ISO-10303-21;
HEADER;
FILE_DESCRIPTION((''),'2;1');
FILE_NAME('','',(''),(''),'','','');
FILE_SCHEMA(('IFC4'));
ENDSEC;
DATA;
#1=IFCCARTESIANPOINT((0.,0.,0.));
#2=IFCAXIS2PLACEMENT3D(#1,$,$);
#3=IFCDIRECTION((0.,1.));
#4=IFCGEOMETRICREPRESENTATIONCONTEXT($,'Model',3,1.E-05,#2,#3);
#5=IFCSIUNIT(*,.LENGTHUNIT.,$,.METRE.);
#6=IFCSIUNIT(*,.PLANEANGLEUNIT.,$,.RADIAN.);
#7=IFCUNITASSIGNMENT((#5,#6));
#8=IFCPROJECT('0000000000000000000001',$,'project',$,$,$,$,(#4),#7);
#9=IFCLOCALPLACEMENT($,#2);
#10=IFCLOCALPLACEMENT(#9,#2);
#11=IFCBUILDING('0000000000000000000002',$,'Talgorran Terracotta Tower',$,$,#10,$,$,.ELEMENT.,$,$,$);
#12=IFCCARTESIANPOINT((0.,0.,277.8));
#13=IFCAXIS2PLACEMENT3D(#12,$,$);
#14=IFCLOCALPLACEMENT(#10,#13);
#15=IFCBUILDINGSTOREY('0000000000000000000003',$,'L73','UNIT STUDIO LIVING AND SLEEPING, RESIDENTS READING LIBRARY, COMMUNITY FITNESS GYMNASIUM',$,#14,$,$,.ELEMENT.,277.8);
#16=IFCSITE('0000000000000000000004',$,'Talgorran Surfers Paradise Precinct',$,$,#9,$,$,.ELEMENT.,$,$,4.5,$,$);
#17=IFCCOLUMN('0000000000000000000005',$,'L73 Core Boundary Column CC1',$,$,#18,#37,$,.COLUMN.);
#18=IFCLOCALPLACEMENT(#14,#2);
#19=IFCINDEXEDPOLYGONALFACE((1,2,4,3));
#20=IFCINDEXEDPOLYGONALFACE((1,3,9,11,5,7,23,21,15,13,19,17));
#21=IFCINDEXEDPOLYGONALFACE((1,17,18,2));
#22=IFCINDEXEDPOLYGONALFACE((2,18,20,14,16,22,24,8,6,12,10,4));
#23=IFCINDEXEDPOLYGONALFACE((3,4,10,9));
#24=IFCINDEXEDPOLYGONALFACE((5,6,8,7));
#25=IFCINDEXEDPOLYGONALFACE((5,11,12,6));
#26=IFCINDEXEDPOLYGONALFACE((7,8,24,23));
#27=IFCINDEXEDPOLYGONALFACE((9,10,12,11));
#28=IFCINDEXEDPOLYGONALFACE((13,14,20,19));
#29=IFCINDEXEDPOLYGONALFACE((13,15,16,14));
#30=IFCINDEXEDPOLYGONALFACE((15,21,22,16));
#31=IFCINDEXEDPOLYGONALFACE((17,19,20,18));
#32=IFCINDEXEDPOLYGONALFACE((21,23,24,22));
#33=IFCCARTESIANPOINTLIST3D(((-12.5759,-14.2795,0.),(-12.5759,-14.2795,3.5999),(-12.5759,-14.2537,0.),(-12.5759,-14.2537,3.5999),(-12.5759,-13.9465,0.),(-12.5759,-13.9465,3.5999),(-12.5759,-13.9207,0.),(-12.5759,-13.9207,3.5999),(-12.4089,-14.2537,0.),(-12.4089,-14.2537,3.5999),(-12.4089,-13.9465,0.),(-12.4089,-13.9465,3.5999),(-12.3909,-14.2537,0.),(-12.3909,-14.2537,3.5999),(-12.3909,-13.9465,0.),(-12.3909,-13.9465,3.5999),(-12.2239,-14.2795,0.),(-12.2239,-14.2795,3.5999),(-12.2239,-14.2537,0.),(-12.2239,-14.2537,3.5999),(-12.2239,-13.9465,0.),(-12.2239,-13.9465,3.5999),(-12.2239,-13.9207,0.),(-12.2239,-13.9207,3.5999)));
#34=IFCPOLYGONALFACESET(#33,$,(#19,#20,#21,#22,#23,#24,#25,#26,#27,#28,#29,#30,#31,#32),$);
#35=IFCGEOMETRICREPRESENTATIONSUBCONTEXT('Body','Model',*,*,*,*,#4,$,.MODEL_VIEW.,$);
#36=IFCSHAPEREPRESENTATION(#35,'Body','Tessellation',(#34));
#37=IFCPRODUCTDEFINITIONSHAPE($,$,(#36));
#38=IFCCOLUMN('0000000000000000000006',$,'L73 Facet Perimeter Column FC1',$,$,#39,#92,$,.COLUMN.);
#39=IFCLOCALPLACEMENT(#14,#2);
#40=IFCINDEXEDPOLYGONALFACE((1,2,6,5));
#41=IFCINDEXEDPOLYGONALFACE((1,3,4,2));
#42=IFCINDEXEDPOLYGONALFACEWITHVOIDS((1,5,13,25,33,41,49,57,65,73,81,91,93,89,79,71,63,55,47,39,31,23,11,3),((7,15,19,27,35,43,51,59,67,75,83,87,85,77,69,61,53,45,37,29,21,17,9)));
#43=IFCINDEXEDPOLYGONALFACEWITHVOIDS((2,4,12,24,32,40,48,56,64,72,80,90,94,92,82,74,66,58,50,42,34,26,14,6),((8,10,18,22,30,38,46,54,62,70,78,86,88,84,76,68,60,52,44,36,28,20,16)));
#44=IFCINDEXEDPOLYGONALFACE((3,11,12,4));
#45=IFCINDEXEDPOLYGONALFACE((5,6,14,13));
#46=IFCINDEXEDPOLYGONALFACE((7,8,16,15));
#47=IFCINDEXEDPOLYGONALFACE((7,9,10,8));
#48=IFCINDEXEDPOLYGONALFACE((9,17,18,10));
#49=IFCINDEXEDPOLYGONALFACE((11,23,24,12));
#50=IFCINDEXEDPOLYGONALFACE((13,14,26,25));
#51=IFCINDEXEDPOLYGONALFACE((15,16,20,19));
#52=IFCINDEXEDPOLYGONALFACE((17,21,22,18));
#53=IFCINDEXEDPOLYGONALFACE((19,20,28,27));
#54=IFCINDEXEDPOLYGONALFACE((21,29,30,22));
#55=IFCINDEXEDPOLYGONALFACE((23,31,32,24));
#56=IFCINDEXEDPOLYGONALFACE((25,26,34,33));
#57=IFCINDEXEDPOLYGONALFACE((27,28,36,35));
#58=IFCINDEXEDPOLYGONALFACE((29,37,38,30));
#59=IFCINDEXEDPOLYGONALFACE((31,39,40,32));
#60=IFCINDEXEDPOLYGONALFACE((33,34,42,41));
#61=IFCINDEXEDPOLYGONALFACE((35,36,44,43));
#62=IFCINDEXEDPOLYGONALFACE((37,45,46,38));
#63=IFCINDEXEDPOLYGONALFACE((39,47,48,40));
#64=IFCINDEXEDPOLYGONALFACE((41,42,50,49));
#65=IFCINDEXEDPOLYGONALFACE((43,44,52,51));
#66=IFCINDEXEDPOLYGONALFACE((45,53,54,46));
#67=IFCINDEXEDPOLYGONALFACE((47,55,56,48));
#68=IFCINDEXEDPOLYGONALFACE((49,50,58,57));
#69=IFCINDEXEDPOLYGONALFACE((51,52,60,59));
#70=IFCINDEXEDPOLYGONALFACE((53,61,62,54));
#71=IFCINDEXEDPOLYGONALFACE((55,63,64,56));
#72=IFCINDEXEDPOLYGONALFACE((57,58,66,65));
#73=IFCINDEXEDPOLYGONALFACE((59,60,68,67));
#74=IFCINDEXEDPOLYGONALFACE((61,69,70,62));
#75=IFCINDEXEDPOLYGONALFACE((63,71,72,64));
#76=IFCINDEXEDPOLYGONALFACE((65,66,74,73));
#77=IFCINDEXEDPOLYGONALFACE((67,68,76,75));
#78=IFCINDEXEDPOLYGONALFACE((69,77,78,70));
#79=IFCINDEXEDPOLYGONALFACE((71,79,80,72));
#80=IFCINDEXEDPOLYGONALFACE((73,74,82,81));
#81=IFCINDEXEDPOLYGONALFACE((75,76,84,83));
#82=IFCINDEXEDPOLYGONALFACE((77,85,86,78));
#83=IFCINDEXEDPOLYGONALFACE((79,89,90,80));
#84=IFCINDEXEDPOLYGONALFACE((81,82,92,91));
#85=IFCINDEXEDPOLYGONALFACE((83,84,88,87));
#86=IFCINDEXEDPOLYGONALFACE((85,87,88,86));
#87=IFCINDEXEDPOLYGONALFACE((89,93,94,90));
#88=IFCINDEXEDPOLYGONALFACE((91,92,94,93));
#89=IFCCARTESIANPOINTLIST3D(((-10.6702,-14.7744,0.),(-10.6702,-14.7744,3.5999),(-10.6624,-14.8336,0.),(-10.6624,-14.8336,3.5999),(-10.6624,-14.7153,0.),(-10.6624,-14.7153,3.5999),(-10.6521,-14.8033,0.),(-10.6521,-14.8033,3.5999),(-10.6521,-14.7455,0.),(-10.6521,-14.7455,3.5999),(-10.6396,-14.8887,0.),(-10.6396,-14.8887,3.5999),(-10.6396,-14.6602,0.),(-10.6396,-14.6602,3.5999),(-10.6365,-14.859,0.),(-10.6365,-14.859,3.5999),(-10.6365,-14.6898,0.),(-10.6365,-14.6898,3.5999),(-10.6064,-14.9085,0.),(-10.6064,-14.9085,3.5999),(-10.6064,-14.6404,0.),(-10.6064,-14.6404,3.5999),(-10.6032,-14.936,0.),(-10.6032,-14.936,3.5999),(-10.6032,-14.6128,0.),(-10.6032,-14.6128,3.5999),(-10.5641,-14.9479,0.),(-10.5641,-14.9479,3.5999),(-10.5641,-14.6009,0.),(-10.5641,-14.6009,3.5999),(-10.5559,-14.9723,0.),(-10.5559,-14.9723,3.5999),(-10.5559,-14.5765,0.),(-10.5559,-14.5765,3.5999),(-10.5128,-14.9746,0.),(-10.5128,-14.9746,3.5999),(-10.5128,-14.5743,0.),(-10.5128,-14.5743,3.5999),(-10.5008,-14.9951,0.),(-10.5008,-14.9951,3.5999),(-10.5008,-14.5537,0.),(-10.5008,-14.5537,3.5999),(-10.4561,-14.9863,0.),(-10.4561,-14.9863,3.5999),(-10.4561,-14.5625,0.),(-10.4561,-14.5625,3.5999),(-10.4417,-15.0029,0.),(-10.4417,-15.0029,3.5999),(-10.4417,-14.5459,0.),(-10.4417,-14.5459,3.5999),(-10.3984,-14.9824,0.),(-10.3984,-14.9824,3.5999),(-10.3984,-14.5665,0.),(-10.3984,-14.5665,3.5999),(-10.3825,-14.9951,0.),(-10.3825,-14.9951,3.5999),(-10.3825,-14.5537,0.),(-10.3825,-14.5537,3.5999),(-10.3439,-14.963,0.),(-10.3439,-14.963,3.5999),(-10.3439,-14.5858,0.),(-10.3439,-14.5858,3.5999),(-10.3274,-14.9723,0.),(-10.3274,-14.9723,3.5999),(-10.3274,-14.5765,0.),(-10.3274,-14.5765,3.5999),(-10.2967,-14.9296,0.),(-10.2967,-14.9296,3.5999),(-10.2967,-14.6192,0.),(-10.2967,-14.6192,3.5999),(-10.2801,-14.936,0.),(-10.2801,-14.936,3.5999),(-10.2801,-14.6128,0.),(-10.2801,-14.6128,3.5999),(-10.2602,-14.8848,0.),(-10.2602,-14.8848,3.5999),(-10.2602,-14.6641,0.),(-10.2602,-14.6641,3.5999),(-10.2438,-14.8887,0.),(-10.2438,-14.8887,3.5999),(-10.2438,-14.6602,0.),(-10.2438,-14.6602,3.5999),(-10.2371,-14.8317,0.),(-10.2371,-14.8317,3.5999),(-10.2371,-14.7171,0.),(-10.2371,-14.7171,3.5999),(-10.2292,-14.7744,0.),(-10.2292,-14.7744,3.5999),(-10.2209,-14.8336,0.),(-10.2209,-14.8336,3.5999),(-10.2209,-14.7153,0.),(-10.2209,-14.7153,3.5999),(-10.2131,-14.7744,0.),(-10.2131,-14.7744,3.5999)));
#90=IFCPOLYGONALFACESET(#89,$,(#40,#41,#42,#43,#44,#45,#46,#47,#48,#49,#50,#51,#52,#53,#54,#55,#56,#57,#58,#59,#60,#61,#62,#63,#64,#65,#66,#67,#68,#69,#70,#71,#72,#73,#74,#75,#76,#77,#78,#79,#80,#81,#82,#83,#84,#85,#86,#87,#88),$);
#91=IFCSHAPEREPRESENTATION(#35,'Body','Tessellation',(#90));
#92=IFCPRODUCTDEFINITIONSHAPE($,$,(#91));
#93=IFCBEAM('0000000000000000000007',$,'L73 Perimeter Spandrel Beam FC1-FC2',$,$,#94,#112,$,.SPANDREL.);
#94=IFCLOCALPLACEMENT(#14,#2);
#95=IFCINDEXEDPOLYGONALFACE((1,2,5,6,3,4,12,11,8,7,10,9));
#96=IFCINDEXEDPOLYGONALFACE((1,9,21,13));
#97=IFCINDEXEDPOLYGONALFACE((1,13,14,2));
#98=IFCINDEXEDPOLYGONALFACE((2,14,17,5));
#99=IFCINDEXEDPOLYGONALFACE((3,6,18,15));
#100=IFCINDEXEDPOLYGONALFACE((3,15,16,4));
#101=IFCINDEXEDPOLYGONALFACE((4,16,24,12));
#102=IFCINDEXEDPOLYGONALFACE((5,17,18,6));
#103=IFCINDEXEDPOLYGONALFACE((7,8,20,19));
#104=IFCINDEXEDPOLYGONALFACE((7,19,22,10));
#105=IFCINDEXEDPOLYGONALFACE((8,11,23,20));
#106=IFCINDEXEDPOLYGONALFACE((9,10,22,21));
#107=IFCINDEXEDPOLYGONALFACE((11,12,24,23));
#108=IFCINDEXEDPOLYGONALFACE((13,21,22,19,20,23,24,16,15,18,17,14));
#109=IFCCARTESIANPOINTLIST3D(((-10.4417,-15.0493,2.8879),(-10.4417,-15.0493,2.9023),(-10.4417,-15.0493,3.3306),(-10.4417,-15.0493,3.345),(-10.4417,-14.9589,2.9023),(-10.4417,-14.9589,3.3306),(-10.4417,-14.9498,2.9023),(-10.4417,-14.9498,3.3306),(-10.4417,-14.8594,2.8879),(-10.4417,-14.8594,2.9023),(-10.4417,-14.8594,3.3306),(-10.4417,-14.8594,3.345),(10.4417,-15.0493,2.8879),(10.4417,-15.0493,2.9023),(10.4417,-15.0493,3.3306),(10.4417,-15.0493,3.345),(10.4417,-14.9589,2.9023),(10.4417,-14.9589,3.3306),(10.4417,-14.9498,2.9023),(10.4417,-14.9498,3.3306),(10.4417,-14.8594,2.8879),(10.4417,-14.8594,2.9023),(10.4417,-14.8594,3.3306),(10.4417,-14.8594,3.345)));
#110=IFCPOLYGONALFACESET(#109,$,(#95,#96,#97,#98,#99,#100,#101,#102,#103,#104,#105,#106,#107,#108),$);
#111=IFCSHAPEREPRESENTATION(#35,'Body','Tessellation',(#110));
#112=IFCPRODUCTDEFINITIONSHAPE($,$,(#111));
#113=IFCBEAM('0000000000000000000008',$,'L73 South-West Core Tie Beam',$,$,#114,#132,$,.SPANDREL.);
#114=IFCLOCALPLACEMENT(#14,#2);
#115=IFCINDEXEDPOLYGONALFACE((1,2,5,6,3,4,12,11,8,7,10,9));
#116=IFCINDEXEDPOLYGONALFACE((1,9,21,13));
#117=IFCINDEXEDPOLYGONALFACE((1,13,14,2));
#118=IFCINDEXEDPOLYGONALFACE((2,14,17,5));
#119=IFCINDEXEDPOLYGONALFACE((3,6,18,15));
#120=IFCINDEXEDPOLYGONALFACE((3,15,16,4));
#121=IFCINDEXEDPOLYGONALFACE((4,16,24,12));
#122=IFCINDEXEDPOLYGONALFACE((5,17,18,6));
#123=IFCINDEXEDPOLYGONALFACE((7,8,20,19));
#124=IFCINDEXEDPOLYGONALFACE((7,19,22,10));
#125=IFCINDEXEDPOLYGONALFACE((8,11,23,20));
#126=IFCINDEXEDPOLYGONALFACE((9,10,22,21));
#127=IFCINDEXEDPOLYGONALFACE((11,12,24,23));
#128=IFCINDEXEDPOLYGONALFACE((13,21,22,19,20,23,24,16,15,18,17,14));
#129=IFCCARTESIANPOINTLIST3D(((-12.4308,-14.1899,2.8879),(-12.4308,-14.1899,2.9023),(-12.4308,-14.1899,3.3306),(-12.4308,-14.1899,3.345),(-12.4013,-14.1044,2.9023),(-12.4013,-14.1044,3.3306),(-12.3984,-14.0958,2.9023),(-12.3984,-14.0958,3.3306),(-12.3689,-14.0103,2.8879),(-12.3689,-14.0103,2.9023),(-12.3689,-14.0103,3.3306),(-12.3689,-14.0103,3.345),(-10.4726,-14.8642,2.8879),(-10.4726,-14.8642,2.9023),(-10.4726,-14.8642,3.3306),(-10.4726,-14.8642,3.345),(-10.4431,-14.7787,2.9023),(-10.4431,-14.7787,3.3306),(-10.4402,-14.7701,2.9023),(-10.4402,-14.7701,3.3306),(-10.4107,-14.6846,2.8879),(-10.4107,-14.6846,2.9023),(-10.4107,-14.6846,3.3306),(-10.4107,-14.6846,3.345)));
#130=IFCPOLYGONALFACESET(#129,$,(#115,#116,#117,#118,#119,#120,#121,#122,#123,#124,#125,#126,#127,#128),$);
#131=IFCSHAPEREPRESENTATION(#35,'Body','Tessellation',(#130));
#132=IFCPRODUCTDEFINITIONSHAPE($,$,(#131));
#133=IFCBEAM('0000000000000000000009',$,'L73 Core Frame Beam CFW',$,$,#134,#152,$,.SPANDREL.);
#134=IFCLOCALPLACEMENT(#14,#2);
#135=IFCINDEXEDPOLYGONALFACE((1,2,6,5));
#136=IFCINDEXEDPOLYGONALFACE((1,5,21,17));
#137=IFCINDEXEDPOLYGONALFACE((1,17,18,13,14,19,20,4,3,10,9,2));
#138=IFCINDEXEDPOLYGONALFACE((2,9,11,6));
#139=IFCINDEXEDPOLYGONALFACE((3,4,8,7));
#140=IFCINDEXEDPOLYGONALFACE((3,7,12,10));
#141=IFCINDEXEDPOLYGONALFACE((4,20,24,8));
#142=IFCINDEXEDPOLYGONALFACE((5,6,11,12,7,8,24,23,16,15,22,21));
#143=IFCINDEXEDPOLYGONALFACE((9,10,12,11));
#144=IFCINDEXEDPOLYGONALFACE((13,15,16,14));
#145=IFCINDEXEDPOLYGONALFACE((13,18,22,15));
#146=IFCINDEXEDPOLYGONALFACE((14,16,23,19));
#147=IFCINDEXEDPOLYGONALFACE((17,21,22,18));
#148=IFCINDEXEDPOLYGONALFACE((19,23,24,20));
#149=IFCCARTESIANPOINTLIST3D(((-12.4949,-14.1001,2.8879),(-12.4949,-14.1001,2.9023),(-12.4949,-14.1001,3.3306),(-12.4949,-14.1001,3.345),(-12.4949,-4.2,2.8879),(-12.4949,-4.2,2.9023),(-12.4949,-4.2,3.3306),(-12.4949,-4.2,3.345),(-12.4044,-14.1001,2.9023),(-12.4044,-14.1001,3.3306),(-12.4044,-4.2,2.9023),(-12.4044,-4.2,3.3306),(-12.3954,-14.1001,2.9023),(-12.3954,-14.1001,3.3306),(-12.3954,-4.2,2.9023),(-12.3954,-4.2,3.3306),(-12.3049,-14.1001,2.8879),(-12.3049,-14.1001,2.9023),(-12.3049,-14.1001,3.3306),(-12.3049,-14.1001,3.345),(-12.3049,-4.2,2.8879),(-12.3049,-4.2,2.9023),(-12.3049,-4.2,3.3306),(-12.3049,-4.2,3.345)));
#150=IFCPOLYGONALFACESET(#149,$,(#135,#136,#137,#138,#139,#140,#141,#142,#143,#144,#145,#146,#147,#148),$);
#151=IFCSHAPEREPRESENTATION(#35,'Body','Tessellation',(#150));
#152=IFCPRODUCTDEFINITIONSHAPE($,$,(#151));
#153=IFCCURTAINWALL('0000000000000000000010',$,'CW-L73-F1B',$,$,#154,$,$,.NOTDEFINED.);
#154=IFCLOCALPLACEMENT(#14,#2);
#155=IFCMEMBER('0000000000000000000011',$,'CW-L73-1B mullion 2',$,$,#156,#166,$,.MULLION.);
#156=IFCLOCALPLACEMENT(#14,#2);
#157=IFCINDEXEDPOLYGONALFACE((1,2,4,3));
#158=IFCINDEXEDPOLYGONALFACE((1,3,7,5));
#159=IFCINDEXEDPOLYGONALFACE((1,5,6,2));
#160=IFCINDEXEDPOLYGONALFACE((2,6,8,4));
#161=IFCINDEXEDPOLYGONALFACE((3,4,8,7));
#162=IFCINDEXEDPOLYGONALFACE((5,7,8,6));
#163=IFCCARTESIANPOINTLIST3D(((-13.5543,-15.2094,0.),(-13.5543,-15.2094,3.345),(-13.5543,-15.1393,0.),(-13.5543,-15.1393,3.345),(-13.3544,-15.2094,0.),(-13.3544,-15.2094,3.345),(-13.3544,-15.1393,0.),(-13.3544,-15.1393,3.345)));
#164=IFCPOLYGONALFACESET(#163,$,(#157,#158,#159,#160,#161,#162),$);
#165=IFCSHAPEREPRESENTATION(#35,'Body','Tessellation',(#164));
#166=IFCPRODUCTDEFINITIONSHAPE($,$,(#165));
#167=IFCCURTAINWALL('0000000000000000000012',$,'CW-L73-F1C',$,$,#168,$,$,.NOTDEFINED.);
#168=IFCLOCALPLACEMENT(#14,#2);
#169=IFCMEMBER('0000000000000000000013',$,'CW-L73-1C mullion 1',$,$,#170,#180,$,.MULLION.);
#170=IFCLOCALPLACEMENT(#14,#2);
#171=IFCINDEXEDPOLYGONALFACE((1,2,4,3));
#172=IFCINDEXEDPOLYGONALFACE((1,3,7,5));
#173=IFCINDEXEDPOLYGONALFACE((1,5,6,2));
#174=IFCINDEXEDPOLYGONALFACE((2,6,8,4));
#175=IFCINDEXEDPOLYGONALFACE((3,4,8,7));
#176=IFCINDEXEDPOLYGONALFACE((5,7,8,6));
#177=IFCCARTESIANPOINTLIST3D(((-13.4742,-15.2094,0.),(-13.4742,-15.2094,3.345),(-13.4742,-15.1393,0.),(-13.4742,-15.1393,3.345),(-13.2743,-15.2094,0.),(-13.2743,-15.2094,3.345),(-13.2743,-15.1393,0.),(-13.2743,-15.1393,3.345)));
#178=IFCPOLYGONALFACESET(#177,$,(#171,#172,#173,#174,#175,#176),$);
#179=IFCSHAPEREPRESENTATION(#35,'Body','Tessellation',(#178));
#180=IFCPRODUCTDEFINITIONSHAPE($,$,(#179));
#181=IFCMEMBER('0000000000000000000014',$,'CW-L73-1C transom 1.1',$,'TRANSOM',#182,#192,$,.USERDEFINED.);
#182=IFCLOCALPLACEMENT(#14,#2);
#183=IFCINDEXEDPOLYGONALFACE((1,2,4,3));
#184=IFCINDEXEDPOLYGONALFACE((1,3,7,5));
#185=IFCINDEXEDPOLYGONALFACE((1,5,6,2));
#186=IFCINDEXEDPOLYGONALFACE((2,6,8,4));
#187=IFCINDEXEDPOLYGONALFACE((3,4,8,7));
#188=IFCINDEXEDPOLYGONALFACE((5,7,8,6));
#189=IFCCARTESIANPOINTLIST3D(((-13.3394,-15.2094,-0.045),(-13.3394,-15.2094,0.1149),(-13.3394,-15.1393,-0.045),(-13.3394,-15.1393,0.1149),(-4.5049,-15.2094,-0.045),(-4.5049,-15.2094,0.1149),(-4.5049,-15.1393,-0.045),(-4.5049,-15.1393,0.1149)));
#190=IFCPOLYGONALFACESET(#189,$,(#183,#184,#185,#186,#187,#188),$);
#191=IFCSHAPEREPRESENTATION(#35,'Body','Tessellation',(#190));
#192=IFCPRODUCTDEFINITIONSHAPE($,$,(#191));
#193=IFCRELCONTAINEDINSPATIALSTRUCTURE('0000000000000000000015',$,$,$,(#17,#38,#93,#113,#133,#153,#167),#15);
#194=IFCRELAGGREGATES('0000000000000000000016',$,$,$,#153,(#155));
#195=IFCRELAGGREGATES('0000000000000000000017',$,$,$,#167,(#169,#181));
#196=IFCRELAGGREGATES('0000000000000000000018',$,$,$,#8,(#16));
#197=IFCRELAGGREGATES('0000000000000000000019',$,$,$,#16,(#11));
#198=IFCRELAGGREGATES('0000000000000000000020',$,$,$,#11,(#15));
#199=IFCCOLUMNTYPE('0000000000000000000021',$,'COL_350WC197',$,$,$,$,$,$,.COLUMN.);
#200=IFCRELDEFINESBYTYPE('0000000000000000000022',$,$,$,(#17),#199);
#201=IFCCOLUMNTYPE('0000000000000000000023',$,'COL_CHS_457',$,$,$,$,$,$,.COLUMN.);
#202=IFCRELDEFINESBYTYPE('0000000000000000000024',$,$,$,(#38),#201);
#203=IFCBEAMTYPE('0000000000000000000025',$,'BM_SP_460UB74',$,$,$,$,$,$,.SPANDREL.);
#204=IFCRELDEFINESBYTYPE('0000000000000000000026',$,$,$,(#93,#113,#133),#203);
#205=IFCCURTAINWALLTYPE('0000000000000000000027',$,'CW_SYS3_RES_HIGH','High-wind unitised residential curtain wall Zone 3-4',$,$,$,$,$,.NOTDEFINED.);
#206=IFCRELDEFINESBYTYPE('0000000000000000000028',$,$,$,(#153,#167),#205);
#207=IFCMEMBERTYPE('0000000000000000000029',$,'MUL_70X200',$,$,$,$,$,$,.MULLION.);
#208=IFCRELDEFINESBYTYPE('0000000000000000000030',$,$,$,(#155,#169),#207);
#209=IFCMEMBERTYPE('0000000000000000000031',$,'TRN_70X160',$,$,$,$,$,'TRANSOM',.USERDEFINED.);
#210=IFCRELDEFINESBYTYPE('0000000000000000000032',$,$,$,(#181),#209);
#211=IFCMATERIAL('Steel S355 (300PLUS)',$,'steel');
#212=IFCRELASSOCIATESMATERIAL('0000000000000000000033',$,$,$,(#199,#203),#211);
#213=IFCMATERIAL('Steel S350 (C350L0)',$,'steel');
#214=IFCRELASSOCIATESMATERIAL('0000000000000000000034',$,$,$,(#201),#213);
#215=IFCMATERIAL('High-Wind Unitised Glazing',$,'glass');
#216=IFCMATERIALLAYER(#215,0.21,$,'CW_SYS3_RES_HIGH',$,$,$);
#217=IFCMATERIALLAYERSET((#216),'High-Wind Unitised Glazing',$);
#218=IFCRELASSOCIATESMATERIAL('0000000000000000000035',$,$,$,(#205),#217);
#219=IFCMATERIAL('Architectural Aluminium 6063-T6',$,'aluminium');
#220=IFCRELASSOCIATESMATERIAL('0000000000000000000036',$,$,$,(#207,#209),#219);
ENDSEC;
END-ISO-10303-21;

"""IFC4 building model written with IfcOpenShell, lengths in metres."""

from ifc_helpers import new_model, si_unit, direction, frame, origin, origin_2d, place, context, subcontext, project, spatial, rectangle, hollow_circle, i_section, extrude, material, layer, layer_set, material_profile, profile_set, type_object, element, aggregate, save


model = new_model("IFC4")

# Units and contexts
model_context = context("Model", 3, precision=1e-05, world=origin(), true_north=direction((0.0, 1.0)))
body_context = subcontext(model_context, "Body", "Model", "MODEL_VIEW")
ifc_project = project(units=[si_unit("LENGTHUNIT", "METRE"), si_unit("PLANEANGLEUNIT", "RADIAN")], contexts=[model_context])

# Site, building, storey
site_placement = place(None, origin())
site = spatial("IfcSite", under=ifc_project, at=site_placement, Name="Talgorran Surfers Paradise Precinct", CompositionType="ELEMENT", RefElevation=4.5)
building_placement = place(site_placement, origin())
building = spatial("IfcBuilding", under=site, at=building_placement, Name="Talgorran Terracotta Tower", CompositionType="ELEMENT")
storey_placement = place(building_placement, frame((0.0, 0.0, 277.8)))
storey = spatial("IfcBuildingStorey", under=building, at=storey_placement, Name="L73", Description="UNIT STUDIO LIVING AND SLEEPING, RESIDENTS READING LIBRARY, COMMUNITY FITNESS GYMNASIUM", CompositionType="ELEMENT", Elevation=277.8)

# Columns
ifc_material_1 = material(Name="Steel S355 (300PLUS)", Category="steel")
ifc_material_profile_1 = material_profile(ifc_material_1, i_section(OverallWidth=0.3521, OverallDepth=0.3589, WebThickness=0.0181, FlangeThickness=0.0259, at=origin_2d()), Name="350WC197")
ifc_profile_set_1 = profile_set([ifc_material_profile_1], Name="Steel S355 (300PLUS)")
column_type_1 = type_object("IfcColumnType", Name="COL_350WC197", PredefinedType="COLUMN", material=ifc_profile_set_1)
column_1_placement = place(storey_placement, frame((-12.3999, -14.1001, 0.0), z_axis=(0.0, 0.0, 1.0), x_axis=(1.0, 0.0, 0.0)))
element("IfcColumn", 1, at=column_1_placement, inside=storey, type_object=column_type_1, Name="L73 Core Boundary Column CC1", PredefinedType="COLUMN", context=body_context, shape_type="SweptSolid", body=[
    extrude(i_section(OverallWidth=0.3521, OverallDepth=0.3589, WebThickness=0.0181, FlangeThickness=0.0259, at=origin_2d()), origin(), (0.0, 0.0, 1.0), 3.5999),
])
ifc_material_2 = material(Name="Steel S350 (C350L0)", Category="steel")
ifc_material_profile_2 = material_profile(ifc_material_2, hollow_circle(Radius=0.2285, WallThickness=0.0161, at=origin_2d()), Name="CHS457X16")
ifc_profile_set_2 = profile_set([ifc_material_profile_2], Name="Steel S350 (C350L0)")
column_type_2 = type_object("IfcColumnType", Name="COL_CHS_457", PredefinedType="COLUMN", material=ifc_profile_set_2)
column_2_placement = place(storey_placement, frame((-10.4417, -14.7744, 0.0), z_axis=(0.0, 0.0, 1.0), x_axis=(1.0, 0.0, 0.0)))
element("IfcColumn", 2, at=column_2_placement, inside=storey, type_object=column_type_2, Name="L73 Facet Perimeter Column FC1", PredefinedType="COLUMN", context=body_context, shape_type="SweptSolid", body=[
    extrude(hollow_circle(Radius=0.2285, WallThickness=0.0161, at=origin_2d()), origin(), (0.0, 0.0, 1.0), 3.5999),
])

# Beams
ifc_material_profile_3 = material_profile(ifc_material_1, i_section(OverallWidth=0.1899, OverallDepth=0.457, WebThickness=0.009, FlangeThickness=0.0144, at=origin_2d()), Name="460UB74.6")
ifc_profile_set_3 = profile_set([ifc_material_profile_3], Name="Steel S355 (300PLUS)")
beam_type = type_object("IfcBeamType", Name="BM_SP_460UB74", PredefinedType="SPANDREL", material=ifc_profile_set_3)
beam_1_placement = place(storey_placement, frame((-10.4417, -14.9543, 3.1165), z_axis=(1.0, 0.0, 0.0), x_axis=(0.0, 1.0, 0.0)))
element("IfcBeam", 3, at=beam_1_placement, inside=storey, type_object=beam_type, Name="L73 Perimeter Spandrel Beam FC1-FC2", PredefinedType="SPANDREL", context=body_context, shape_type="SweptSolid", body=[
    extrude(i_section(OverallWidth=0.1899, OverallDepth=0.457, WebThickness=0.009, FlangeThickness=0.0144, at=origin_2d()), origin(), (0.0, 0.0, 1.0), 20.8833),
])
beam_2_placement = place(storey_placement, frame((-10.4417, -14.7744, 3.1165), z_axis=(-0.945513, 0.325584, 0.0), x_axis=(-0.325584, -0.945513, 0.0)))
element("IfcBeam", 4, at=beam_2_placement, inside=storey, type_object=beam_type, Name="L73 South-West Core Tie Beam", PredefinedType="SPANDREL", context=body_context, shape_type="SweptSolid", body=[
    extrude(i_section(OverallWidth=0.1899, OverallDepth=0.457, WebThickness=0.009, FlangeThickness=0.0144, at=origin_2d()), origin(), (0.0, 0.0, 1.0), 2.071),
])
beam_3_placement = place(storey_placement, frame((-12.3999, -14.1001, 3.1165), z_axis=(0.0, 1.0, 0.0), x_axis=(-1.0, 0.0, 0.0)))
element("IfcBeam", 5, at=beam_3_placement, inside=storey, type_object=beam_type, Name="L73 Core Frame Beam CFW", PredefinedType="SPANDREL", context=body_context, shape_type="SweptSolid", body=[
    extrude(i_section(OverallWidth=0.1899, OverallDepth=0.457, WebThickness=0.009, FlangeThickness=0.0144, at=origin_2d()), origin(), (0.0, 0.0, 1.0), 9.9001),
])

# Curtain wall, member
ifc_material_3 = material(Name="High-Wind Unitised Glazing", Category="glass")
ifc_layer_1 = layer(ifc_material_3, 0.21, Name="CW_SYS3_RES_HIGH")
ifc_layer_set_1 = layer_set([ifc_layer_1], Name="High-Wind Unitised Glazing")
curtain_wall_type = type_object("IfcCurtainWallType", Name="CW_SYS3_RES_HIGH", Description="High-wind unitised residential curtain wall Zone 3-4", PredefinedType="NOTDEFINED", material=ifc_layer_set_1)
curtain_wall_1_placement = place(storey_placement, origin())
curtain_wall_1 = element("IfcCurtainWall", 6, at=curtain_wall_1_placement, inside=storey, type_object=curtain_wall_type, Name="CW-L73-F1B", PredefinedType="NOTDEFINED")
ifc_material_4 = material(Name="Architectural Aluminium 6063-T6", Category="aluminium")
ifc_material_profile_4 = material_profile(ifc_material_4, rectangle(XDim=0.0701, YDim=0.2, at=origin_2d()), Name="CWM70X200")
ifc_profile_set_4 = profile_set([ifc_material_profile_4], Name="Architectural Aluminium 6063-T6")
member_type_1 = type_object("IfcMemberType", Name="MUL_70X200", PredefinedType="MULLION", material=ifc_profile_set_4)
member_1_placement = place(storey_placement, frame((-13.4543, -15.1743, 0.0), z_axis=(0.0, 0.0, 1.0), x_axis=(0.0, 1.0, 0.0)))
member_1 = element("IfcMember", 7, at=member_1_placement, type_object=member_type_1, Name="CW-L73-1B mullion 2", PredefinedType="MULLION", context=body_context, shape_type="SweptSolid", body=[
    extrude(rectangle(XDim=0.0701, YDim=0.2, at=origin_2d()), origin(), (0.0, 0.0, 1.0), 3.345),
])
aggregate(curtain_wall_1, [member_1])

# Curtain wall, members
curtain_wall_2_placement = place(storey_placement, origin())
curtain_wall_2 = element("IfcCurtainWall", 8, at=curtain_wall_2_placement, inside=storey, type_object=curtain_wall_type, Name="CW-L73-F1C", PredefinedType="NOTDEFINED")
member_2_placement = place(storey_placement, frame((-13.3743, -15.1743, 0.0), z_axis=(0.0, 0.0, 1.0), x_axis=(0.0, 1.0, 0.0)))
member_2 = element("IfcMember", 9, at=member_2_placement, type_object=member_type_1, Name="CW-L73-1C mullion 1", PredefinedType="MULLION", context=body_context, shape_type="SweptSolid", body=[
    extrude(rectangle(XDim=0.0701, YDim=0.2, at=origin_2d()), origin(), (0.0, 0.0, 1.0), 3.345),
])
ifc_material_profile_5 = material_profile(ifc_material_4, rectangle(XDim=0.0701, YDim=0.1599, at=origin_2d()), Name="CWT70X160")
ifc_profile_set_5 = profile_set([ifc_material_profile_5], Name="Architectural Aluminium 6063-T6")
member_type_2 = type_object("IfcMemberType", Name="TRN_70X160", ElementType="TRANSOM", PredefinedType="USERDEFINED", material=ifc_profile_set_5)
member_3_placement = place(storey_placement, frame((-13.3394, -15.1743, 0.0349), z_axis=(1.0, 0.0, 0.0), x_axis=(0.0, 1.0, 0.0)))
member_3 = element("IfcMember", 10, at=member_3_placement, type_object=member_type_2, Name="CW-L73-1C transom 1.1", ObjectType="TRANSOM", PredefinedType="USERDEFINED", context=body_context, shape_type="SweptSolid", body=[
    extrude(rectangle(XDim=0.0701, YDim=0.1599, at=origin_2d()), origin(), (0.0, 0.0, 1.0), 8.8345),
])
aggregate(curtain_wall_2, [member_2, member_3])

save(model, "model.ifc")
